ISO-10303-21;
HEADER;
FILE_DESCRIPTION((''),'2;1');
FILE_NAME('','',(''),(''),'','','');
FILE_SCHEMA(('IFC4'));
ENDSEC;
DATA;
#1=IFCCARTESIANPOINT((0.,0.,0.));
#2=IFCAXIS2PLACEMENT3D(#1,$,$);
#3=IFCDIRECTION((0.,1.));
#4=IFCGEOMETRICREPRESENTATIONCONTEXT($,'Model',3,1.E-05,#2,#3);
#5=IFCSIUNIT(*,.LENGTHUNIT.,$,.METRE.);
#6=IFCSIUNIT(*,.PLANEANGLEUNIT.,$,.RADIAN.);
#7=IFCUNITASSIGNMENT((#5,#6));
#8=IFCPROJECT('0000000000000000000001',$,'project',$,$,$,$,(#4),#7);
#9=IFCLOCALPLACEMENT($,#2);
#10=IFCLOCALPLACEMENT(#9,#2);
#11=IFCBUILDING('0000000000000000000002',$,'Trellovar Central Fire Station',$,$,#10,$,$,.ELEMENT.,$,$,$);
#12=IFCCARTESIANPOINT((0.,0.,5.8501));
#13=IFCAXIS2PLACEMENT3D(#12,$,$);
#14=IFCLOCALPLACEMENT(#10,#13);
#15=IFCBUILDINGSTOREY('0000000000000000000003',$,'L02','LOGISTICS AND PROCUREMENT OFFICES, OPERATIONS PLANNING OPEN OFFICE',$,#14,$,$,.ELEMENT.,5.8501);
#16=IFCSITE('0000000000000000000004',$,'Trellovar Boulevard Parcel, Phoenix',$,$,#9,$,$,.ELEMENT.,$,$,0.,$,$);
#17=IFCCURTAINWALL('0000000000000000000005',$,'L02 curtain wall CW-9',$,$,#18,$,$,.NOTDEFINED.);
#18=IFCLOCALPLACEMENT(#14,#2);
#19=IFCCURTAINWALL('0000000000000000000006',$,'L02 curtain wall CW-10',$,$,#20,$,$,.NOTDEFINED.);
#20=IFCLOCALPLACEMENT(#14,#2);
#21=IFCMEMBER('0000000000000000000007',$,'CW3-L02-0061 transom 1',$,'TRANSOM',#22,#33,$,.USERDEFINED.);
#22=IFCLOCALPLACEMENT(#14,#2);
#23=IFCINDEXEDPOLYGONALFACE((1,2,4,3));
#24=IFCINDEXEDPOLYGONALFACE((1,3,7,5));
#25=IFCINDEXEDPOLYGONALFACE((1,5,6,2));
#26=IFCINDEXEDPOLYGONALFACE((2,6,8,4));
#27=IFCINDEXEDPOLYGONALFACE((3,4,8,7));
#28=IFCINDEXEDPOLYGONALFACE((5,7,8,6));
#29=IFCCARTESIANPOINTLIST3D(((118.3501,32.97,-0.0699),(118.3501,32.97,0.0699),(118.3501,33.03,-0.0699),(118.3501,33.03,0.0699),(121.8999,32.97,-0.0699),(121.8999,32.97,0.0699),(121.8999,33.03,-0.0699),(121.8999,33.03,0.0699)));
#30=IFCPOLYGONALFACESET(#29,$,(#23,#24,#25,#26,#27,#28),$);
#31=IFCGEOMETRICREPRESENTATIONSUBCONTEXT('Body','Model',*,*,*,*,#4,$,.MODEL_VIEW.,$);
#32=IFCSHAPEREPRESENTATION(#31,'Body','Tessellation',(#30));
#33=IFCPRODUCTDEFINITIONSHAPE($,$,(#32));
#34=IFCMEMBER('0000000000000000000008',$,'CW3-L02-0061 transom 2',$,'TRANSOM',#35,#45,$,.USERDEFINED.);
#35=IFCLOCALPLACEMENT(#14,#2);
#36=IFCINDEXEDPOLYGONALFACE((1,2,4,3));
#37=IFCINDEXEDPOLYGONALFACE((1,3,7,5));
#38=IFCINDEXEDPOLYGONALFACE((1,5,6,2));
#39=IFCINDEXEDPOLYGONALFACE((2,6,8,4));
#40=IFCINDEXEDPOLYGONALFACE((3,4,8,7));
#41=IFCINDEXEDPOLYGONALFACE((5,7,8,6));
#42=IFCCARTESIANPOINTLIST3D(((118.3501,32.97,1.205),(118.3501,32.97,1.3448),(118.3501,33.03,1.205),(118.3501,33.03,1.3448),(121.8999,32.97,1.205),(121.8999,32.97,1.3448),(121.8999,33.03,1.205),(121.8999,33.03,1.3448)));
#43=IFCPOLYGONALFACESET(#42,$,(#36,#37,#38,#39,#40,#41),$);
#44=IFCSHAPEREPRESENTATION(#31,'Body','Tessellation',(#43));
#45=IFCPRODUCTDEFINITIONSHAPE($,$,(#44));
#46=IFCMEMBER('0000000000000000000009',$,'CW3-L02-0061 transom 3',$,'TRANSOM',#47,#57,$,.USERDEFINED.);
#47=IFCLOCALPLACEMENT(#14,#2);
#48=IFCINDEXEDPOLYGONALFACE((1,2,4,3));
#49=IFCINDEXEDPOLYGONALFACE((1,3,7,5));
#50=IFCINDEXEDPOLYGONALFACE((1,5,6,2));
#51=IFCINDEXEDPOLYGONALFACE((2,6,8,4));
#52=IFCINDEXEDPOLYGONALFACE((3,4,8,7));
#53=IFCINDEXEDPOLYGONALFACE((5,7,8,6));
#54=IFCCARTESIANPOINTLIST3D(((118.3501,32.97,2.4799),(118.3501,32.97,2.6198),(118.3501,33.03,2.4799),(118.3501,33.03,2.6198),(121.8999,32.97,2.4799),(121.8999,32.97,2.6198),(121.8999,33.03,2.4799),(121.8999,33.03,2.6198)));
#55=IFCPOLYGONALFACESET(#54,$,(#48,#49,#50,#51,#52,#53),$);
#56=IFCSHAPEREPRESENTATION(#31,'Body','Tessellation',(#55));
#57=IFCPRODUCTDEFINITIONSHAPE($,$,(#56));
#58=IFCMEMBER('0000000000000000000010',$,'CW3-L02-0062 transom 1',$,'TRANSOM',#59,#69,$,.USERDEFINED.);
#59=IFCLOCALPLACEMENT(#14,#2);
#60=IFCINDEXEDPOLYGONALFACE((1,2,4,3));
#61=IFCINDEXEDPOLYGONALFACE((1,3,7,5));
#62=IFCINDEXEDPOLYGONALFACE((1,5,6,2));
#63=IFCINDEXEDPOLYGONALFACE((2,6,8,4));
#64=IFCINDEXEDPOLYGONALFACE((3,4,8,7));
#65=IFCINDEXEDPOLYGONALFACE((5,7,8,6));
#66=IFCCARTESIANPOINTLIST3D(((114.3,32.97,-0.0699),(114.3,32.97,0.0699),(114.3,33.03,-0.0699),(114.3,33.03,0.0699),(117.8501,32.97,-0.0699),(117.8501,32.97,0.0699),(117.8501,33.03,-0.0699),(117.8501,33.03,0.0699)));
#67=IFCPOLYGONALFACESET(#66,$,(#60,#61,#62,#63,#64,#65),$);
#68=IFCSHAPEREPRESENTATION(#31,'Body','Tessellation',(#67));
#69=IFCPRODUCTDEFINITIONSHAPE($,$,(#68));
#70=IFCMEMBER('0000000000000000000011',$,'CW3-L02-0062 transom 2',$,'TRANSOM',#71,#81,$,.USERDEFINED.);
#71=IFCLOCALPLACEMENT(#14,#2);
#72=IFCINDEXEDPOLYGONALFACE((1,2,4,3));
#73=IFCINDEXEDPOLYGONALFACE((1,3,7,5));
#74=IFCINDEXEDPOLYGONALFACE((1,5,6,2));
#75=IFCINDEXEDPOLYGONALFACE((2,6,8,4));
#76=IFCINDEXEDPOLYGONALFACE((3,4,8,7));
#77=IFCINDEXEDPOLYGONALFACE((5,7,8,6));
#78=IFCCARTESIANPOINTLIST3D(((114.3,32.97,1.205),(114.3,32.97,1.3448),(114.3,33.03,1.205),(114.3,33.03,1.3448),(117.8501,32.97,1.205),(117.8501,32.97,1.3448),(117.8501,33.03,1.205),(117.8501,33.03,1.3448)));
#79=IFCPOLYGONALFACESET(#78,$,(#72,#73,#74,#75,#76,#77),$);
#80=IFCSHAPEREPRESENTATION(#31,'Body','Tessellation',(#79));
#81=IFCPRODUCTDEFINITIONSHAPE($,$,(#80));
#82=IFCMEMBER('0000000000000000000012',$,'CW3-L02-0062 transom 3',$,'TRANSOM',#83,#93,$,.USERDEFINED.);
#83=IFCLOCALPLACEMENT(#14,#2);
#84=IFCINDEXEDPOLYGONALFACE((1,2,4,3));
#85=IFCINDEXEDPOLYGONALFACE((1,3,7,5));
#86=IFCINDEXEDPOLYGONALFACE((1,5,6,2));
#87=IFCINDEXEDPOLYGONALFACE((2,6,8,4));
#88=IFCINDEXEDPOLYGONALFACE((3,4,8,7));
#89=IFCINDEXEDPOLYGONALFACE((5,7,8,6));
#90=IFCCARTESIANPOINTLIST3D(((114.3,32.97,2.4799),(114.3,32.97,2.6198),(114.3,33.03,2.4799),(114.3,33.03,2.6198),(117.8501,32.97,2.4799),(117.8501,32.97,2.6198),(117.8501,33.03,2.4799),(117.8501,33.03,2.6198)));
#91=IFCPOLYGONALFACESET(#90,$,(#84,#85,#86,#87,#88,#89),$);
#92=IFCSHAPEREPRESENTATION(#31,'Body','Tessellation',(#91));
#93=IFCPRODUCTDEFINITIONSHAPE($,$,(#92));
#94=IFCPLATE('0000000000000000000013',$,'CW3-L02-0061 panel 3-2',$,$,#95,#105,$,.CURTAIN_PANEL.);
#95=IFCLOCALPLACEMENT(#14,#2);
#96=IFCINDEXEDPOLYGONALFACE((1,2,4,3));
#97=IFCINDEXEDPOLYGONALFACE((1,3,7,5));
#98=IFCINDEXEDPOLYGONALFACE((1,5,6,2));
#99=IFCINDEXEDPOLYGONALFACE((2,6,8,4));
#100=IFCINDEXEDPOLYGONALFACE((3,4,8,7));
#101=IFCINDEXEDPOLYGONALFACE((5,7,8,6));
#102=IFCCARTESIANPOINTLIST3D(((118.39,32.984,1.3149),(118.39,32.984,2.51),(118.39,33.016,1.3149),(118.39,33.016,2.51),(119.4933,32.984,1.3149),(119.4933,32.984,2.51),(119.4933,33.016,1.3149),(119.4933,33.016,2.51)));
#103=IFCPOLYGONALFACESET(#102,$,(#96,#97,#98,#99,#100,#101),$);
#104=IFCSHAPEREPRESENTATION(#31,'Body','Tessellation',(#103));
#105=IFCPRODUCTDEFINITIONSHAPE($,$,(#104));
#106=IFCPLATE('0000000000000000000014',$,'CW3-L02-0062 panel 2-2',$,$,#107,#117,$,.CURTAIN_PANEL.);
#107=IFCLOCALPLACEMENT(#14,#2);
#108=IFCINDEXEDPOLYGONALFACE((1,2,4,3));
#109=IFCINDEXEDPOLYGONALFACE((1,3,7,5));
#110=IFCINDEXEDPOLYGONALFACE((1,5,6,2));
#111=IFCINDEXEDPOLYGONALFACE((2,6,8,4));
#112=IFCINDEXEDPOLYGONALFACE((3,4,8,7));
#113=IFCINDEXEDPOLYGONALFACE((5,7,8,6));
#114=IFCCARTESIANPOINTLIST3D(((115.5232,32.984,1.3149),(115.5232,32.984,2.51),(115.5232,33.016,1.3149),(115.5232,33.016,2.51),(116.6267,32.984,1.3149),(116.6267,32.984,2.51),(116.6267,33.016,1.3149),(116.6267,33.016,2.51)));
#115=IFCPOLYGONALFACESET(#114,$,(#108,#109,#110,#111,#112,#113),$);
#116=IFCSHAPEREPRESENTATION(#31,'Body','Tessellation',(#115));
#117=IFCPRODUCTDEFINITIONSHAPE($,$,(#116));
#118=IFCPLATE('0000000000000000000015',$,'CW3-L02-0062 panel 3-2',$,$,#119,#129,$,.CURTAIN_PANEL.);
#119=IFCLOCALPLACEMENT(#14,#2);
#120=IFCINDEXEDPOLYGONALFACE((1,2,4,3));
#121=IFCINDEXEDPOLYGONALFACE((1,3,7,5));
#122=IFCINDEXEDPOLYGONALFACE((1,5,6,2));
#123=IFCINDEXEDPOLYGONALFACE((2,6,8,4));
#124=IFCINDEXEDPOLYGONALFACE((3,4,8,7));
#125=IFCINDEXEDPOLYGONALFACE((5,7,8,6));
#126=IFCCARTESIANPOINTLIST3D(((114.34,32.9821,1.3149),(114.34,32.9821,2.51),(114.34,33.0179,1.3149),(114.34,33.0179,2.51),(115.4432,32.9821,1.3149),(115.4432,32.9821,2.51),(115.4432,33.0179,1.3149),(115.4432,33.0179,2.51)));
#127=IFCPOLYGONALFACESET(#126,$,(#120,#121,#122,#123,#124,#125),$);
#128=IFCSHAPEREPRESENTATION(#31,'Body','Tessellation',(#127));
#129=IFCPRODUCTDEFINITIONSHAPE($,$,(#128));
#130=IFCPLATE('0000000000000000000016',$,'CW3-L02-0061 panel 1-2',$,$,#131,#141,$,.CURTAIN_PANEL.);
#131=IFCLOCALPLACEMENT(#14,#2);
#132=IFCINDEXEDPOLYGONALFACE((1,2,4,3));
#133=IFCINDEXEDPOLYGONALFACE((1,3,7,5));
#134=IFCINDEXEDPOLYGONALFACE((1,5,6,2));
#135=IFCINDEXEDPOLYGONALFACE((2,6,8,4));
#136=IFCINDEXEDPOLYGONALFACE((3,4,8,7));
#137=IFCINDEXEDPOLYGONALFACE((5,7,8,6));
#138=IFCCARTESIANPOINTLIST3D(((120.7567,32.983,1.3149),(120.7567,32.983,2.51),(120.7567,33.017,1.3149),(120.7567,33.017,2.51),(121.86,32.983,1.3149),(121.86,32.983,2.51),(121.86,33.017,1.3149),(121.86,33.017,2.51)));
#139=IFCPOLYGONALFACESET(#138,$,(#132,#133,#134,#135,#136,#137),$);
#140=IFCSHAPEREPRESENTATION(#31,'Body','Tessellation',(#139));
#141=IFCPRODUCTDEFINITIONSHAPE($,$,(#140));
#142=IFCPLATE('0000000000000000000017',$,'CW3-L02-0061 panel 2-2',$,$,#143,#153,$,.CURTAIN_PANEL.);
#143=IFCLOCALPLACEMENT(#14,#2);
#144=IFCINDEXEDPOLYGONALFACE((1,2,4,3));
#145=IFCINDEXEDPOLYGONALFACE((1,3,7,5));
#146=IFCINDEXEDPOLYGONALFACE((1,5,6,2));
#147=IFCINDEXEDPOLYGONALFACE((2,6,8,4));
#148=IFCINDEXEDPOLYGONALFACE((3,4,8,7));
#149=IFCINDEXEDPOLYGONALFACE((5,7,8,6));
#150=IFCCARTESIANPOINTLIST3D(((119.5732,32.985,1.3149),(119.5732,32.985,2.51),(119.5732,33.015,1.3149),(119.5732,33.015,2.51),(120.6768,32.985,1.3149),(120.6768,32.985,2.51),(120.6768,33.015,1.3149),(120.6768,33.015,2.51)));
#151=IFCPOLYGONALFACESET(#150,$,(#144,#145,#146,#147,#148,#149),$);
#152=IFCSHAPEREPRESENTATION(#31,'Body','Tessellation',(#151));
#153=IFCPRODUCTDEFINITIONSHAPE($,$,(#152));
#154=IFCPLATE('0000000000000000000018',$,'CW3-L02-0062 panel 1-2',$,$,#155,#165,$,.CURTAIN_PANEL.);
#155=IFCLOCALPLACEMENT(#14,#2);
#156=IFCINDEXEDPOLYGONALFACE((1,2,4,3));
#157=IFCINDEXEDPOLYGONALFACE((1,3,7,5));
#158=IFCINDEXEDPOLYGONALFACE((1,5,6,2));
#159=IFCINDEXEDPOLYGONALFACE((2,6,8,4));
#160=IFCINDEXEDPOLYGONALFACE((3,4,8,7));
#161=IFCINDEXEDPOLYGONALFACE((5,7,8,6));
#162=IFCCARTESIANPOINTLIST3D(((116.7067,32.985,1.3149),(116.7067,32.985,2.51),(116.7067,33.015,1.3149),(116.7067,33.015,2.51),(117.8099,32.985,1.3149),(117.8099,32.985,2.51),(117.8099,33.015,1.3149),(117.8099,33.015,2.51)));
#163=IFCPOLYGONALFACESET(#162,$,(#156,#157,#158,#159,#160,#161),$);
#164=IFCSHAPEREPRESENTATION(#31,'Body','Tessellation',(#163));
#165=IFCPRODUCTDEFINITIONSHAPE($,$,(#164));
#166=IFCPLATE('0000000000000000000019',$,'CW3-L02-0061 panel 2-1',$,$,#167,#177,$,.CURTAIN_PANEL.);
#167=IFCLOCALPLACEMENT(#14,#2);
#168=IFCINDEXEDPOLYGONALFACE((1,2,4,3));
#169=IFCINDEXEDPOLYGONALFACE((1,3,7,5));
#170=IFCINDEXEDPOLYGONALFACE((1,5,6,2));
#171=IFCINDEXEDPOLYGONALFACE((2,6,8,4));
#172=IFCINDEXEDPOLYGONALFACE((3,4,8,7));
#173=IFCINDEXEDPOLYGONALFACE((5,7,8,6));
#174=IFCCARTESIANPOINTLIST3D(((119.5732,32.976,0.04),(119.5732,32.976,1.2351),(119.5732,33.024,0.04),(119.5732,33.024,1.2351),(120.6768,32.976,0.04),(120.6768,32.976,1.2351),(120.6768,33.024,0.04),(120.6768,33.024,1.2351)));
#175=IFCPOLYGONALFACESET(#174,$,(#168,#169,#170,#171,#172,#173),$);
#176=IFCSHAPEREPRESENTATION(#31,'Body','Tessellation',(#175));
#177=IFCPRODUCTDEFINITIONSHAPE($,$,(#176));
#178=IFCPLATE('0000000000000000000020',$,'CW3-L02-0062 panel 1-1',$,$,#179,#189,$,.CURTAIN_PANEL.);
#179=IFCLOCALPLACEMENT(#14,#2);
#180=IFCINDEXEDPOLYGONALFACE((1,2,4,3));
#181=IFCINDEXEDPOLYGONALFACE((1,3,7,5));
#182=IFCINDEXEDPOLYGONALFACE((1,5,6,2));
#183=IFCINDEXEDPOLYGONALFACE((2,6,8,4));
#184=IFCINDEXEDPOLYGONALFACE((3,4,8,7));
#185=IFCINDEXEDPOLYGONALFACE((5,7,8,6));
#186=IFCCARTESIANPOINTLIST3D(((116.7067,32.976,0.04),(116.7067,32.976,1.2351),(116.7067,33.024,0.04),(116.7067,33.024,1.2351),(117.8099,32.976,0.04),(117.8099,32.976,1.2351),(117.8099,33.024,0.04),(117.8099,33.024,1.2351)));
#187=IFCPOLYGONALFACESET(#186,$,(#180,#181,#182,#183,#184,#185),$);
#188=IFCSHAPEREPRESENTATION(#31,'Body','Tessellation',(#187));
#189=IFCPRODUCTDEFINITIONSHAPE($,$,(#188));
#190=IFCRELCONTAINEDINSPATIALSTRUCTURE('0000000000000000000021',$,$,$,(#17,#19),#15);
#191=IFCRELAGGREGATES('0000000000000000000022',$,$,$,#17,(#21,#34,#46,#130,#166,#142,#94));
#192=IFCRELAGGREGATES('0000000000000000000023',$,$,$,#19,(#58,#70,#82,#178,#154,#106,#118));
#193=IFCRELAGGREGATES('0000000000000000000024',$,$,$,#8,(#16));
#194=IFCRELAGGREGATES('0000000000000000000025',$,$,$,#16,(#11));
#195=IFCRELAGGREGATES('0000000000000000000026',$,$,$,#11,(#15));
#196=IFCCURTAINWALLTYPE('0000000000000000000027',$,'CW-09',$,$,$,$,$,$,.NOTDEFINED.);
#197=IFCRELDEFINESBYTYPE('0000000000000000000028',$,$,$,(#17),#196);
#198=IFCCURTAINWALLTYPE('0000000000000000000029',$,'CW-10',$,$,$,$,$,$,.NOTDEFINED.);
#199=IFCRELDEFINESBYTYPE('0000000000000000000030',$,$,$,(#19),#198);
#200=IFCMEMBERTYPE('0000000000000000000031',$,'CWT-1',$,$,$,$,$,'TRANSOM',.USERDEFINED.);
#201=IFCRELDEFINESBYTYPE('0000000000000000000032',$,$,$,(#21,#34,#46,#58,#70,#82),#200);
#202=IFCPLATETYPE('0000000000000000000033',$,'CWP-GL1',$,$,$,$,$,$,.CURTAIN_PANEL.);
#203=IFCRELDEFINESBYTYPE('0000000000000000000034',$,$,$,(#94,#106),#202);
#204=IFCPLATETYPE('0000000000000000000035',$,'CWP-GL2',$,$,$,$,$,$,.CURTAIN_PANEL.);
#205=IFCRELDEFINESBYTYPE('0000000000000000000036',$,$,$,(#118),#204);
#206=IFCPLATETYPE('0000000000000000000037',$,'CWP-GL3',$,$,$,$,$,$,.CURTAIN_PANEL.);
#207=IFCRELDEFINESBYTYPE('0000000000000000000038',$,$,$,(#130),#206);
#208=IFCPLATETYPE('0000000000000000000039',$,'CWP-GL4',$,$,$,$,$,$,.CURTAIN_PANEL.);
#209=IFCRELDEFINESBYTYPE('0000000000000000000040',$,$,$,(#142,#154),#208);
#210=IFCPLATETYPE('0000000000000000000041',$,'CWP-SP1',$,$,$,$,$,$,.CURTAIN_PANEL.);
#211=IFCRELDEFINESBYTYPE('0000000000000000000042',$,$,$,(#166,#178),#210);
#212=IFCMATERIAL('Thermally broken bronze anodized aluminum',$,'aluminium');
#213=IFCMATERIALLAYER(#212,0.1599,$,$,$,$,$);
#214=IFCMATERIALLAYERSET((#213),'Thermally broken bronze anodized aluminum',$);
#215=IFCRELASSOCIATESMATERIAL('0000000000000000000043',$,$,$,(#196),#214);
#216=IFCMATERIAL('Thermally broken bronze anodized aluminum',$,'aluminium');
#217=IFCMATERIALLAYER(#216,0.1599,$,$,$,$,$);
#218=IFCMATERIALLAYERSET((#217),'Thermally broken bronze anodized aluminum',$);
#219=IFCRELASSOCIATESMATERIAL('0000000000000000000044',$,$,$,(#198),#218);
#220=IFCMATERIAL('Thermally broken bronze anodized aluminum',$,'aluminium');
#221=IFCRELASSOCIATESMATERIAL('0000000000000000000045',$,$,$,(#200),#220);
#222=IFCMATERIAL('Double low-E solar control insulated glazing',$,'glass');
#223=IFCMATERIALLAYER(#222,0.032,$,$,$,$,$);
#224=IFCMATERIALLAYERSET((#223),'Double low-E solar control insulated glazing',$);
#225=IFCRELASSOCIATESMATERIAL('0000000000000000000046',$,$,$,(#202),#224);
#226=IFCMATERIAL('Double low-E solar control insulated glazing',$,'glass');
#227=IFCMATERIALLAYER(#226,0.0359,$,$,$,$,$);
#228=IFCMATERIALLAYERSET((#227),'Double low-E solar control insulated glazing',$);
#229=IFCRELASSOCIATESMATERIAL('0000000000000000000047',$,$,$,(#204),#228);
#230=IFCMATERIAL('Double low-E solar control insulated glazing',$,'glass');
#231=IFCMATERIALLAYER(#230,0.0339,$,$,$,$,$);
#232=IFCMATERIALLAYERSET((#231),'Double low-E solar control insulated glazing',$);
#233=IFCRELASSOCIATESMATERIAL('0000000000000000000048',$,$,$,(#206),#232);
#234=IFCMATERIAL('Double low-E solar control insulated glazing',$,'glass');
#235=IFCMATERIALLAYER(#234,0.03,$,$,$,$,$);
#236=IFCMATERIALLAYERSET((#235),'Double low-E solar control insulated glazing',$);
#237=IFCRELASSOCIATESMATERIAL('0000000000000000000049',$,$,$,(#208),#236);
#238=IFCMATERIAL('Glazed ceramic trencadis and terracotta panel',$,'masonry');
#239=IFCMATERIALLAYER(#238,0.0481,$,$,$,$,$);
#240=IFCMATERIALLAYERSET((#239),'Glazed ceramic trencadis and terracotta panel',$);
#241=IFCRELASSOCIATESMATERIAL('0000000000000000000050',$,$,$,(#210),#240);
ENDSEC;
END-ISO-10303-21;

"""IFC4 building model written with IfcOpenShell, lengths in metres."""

from ifc_helpers import new_model, si_unit, direction, frame, origin, origin_2d, place, context, subcontext, project, spatial, rectangle, extrude, material, layer, layer_set, material_profile, profile_set, type_object, element, aggregate, save


model = new_model("IFC4")

# Units and contexts
model_context = context("Model", 3, precision=1e-05, world=origin(), true_north=direction((0.0, 1.0)))
body_context = subcontext(model_context, "Body", "Model", "MODEL_VIEW")
ifc_project = project(units=[si_unit("LENGTHUNIT", "METRE"), si_unit("PLANEANGLEUNIT", "RADIAN")], contexts=[model_context])

# Site, building, storey
site_placement = place(None, origin())
site = spatial("IfcSite", under=ifc_project, at=site_placement, Name="Trellovar Boulevard Parcel, Phoenix", CompositionType="ELEMENT", RefElevation=0.0)
building_placement = place(site_placement, origin())
building = spatial("IfcBuilding", under=site, at=building_placement, Name="Trellovar Central Fire Station", CompositionType="ELEMENT")
storey_placement = place(building_placement, frame((0.0, 0.0, 5.8501)))
storey = spatial("IfcBuildingStorey", under=building, at=storey_placement, Name="L02", Description="LOGISTICS AND PROCUREMENT OFFICES, OPERATIONS PLANNING OPEN OFFICE", CompositionType="ELEMENT", Elevation=5.8501)

# Curtain walls
ifc_material_1 = material(Name="Thermally broken bronze anodized aluminum", Category="aluminium")
ifc_layer_1 = layer(ifc_material_1, 0.1599)
ifc_layer_set_1 = layer_set([ifc_layer_1], Name="Thermally broken bronze anodized aluminum")
curtain_wall_type_1 = type_object("IfcCurtainWallType", Name="CW-09", PredefinedType="NOTDEFINED", material=ifc_layer_set_1)
curtain_wall_1_placement = place(storey_placement, origin())
curtain_wall_1 = element("IfcCurtainWall", 1, at=curtain_wall_1_placement, inside=storey, type_object=curtain_wall_type_1, Name="L02 curtain wall CW-9", PredefinedType="NOTDEFINED")
ifc_material_2 = material(Name="Thermally broken bronze anodized aluminum", Category="aluminium")
ifc_layer_2 = layer(ifc_material_2, 0.1599)
ifc_layer_set_2 = layer_set([ifc_layer_2], Name="Thermally broken bronze anodized aluminum")
curtain_wall_type_2 = type_object("IfcCurtainWallType", Name="CW-10", PredefinedType="NOTDEFINED", material=ifc_layer_set_2)
curtain_wall_2_placement = place(storey_placement, origin())
curtain_wall_2 = element("IfcCurtainWall", 2, at=curtain_wall_2_placement, inside=storey, type_object=curtain_wall_type_2, Name="L02 curtain wall CW-10", PredefinedType="NOTDEFINED")

# Shared definitions
ifc_material_3 = material(Name="Thermally broken bronze anodized aluminum", Category="aluminium")
ifc_material_profile_1 = material_profile(ifc_material_3, rectangle(XDim=0.0601, YDim=0.1399, at=origin_2d()), Name="ALU60X140")
ifc_profile_set_1 = profile_set([ifc_material_profile_1], Name="Thermally broken bronze anodized aluminum")
member_type_1 = type_object("IfcMemberType", Name="CWT-1", ElementType="TRANSOM", PredefinedType="USERDEFINED", material=ifc_profile_set_1)

# Members
member_1_placement = place(storey_placement, frame((121.8999, 33.0, 0.0), z_axis=(-1.0, 0.0, 0.0), x_axis=(0.0, -1.0, 0.0)))
member_1 = element("IfcMember", 3, at=member_1_placement, type_object=member_type_1, Name="CW3-L02-0061 transom 1", ObjectType="TRANSOM", PredefinedType="USERDEFINED", context=body_context, shape_type="SweptSolid", body=[
    extrude(rectangle(XDim=0.0601, YDim=0.1399, at=origin_2d()), origin(), (0.0, 0.0, 1.0), 3.5498),
])
member_2_placement = place(storey_placement, frame((121.8999, 33.0, 1.2749), z_axis=(-1.0, 0.0, 0.0), x_axis=(0.0, -1.0, 0.0)))
member_2 = element("IfcMember", 4, at=member_2_placement, type_object=member_type_1, Name="CW3-L02-0061 transom 2", ObjectType="TRANSOM", PredefinedType="USERDEFINED", context=body_context, shape_type="SweptSolid", body=[
    extrude(rectangle(XDim=0.0601, YDim=0.1399, at=origin_2d()), origin(), (0.0, 0.0, 1.0), 3.5498),
])
member_3_placement = place(storey_placement, frame((121.8999, 33.0, 2.5498), z_axis=(-1.0, 0.0, 0.0), x_axis=(0.0, -1.0, 0.0)))
member_3 = element("IfcMember", 5, at=member_3_placement, type_object=member_type_1, Name="CW3-L02-0061 transom 3", ObjectType="TRANSOM", PredefinedType="USERDEFINED", context=body_context, shape_type="SweptSolid", body=[
    extrude(rectangle(XDim=0.0601, YDim=0.1399, at=origin_2d()), origin(), (0.0, 0.0, 1.0), 3.5498),
])
member_4_placement = place(storey_placement, frame((117.8501, 33.0, 0.0), z_axis=(-1.0, 0.0, 0.0), x_axis=(0.0, -1.0, 0.0)))
member_4 = element("IfcMember", 6, at=member_4_placement, type_object=member_type_1, Name="CW3-L02-0062 transom 1", ObjectType="TRANSOM", PredefinedType="USERDEFINED", context=body_context, shape_type="SweptSolid", body=[
    extrude(rectangle(XDim=0.0601, YDim=0.1399, at=origin_2d()), origin(), (0.0, 0.0, 1.0), 3.55),
])
member_5_placement = place(storey_placement, frame((117.8501, 33.0, 1.2749), z_axis=(-1.0, 0.0, 0.0), x_axis=(0.0, -1.0, 0.0)))
member_5 = element("IfcMember", 7, at=member_5_placement, type_object=member_type_1, Name="CW3-L02-0062 transom 2", ObjectType="TRANSOM", PredefinedType="USERDEFINED", context=body_context, shape_type="SweptSolid", body=[
    extrude(rectangle(XDim=0.0601, YDim=0.1399, at=origin_2d()), origin(), (0.0, 0.0, 1.0), 3.55),
])
member_6_placement = place(storey_placement, frame((117.8501, 33.0, 2.5498), z_axis=(-1.0, 0.0, 0.0), x_axis=(0.0, -1.0, 0.0)))
member_6 = element("IfcMember", 8, at=member_6_placement, type_object=member_type_1, Name="CW3-L02-0062 transom 3", ObjectType="TRANSOM", PredefinedType="USERDEFINED", context=body_context, shape_type="SweptSolid", body=[
    extrude(rectangle(XDim=0.0601, YDim=0.1399, at=origin_2d()), origin(), (0.0, 0.0, 1.0), 3.55),
])

# Plates
ifc_material_4 = material(Name="Double low-E solar control insulated glazing", Category="glass")
ifc_layer_3 = layer(ifc_material_4, 0.032)
ifc_layer_set_3 = layer_set([ifc_layer_3], Name="Double low-E solar control insulated glazing")
plate_type_1 = type_object("IfcPlateType", Name="CWP-GL1", PredefinedType="CURTAIN_PANEL", material=ifc_layer_set_3)
plate_1_placement = place(storey_placement, frame((118.9417, 33.0, 1.3149), z_axis=(0.0, 0.0, 1.0), x_axis=(-1.0, 0.0, 0.0)))
plate_1 = element("IfcPlate", 9, at=plate_1_placement, type_object=plate_type_1, Name="CW3-L02-0061 panel 3-2", PredefinedType="CURTAIN_PANEL", context=body_context, shape_type="SweptSolid", body=[
    extrude(rectangle(XDim=1.1033, YDim=0.032, at=origin_2d()), origin(), (0.0, 0.0, 1.0), 1.1951),
])
plate_2_placement = place(storey_placement, frame((116.075, 33.0, 1.3149), z_axis=(0.0, 0.0, 1.0), x_axis=(-1.0, 0.0, 0.0)))
plate_2 = element("IfcPlate", 10, at=plate_2_placement, type_object=plate_type_1, Name="CW3-L02-0062 panel 2-2", PredefinedType="CURTAIN_PANEL", context=body_context, shape_type="SweptSolid", body=[
    extrude(rectangle(XDim=1.1035, YDim=0.032, at=origin_2d()), origin(), (0.0, 0.0, 1.0), 1.1951),
])
ifc_material_5 = material(Name="Double low-E solar control insulated glazing", Category="glass")
ifc_layer_4 = layer(ifc_material_5, 0.0359)
ifc_layer_set_4 = layer_set([ifc_layer_4], Name="Double low-E solar control insulated glazing")
plate_type_2 = type_object("IfcPlateType", Name="CWP-GL2", PredefinedType="CURTAIN_PANEL", material=ifc_layer_set_4)
plate_3_placement = place(storey_placement, frame((114.8916, 33.0, 1.3149), z_axis=(0.0, 0.0, 1.0), x_axis=(-1.0, 0.0, 0.0)))
plate_3 = element("IfcPlate", 11, at=plate_3_placement, type_object=plate_type_2, Name="CW3-L02-0062 panel 3-2", PredefinedType="CURTAIN_PANEL", context=body_context, shape_type="SweptSolid", body=[
    extrude(rectangle(XDim=1.1033, YDim=0.0359, at=origin_2d()), origin(), (0.0, 0.0, 1.0), 1.1951),
])
ifc_material_6 = material(Name="Double low-E solar control insulated glazing", Category="glass")
ifc_layer_5 = layer(ifc_material_6, 0.0339)
ifc_layer_set_5 = layer_set([ifc_layer_5], Name="Double low-E solar control insulated glazing")
plate_type_3 = type_object("IfcPlateType", Name="CWP-GL3", PredefinedType="CURTAIN_PANEL", material=ifc_layer_set_5)
plate_4_placement = place(storey_placement, frame((121.3083, 33.0, 1.3149), z_axis=(0.0, 0.0, 1.0), x_axis=(-1.0, 0.0, 0.0)))
plate_4 = element("IfcPlate", 12, at=plate_4_placement, type_object=plate_type_3, Name="CW3-L02-0061 panel 1-2", PredefinedType="CURTAIN_PANEL", context=body_context, shape_type="SweptSolid", body=[
    extrude(rectangle(XDim=1.1033, YDim=0.0339, at=origin_2d()), origin(), (0.0, 0.0, 1.0), 1.1951),
])
ifc_material_7 = material(Name="Double low-E solar control insulated glazing", Category="glass")
ifc_layer_6 = layer(ifc_material_7, 0.03)
ifc_layer_set_6 = layer_set([ifc_layer_6], Name="Double low-E solar control insulated glazing")
plate_type_4 = type_object("IfcPlateType", Name="CWP-GL4", PredefinedType="CURTAIN_PANEL", material=ifc_layer_set_6)
plate_5_placement = place(storey_placement, frame((120.125, 33.0, 1.3149), z_axis=(0.0, 0.0, 1.0), x_axis=(-1.0, 0.0, 0.0)))
plate_5 = element("IfcPlate", 13, at=plate_5_placement, type_object=plate_type_4, Name="CW3-L02-0061 panel 2-2", PredefinedType="CURTAIN_PANEL", context=body_context, shape_type="SweptSolid", body=[
    extrude(rectangle(XDim=1.1035, YDim=0.03, at=origin_2d()), origin(), (0.0, 0.0, 1.0), 1.1951),
])
plate_6_placement = place(storey_placement, frame((117.2583, 33.0, 1.3149), z_axis=(0.0, 0.0, 1.0), x_axis=(-1.0, 0.0, 0.0)))
plate_6 = element("IfcPlate", 14, at=plate_6_placement, type_object=plate_type_4, Name="CW3-L02-0062 panel 1-2", PredefinedType="CURTAIN_PANEL", context=body_context, shape_type="SweptSolid", body=[
    extrude(rectangle(XDim=1.1033, YDim=0.03, at=origin_2d()), origin(), (0.0, 0.0, 1.0), 1.1951),
])
ifc_material_8 = material(Name="Glazed ceramic trencadis and terracotta panel", Category="masonry")
ifc_layer_7 = layer(ifc_material_8, 0.0481)
ifc_layer_set_7 = layer_set([ifc_layer_7], Name="Glazed ceramic trencadis and terracotta panel")
plate_type_5 = type_object("IfcPlateType", Name="CWP-SP1", PredefinedType="CURTAIN_PANEL", material=ifc_layer_set_7)
plate_7_placement = place(storey_placement, frame((120.125, 33.0, 0.04), z_axis=(0.0, 0.0, 1.0), x_axis=(-1.0, 0.0, 0.0)))
plate_7 = element("IfcPlate", 15, at=plate_7_placement, type_object=plate_type_5, Name="CW3-L02-0061 panel 2-1", PredefinedType="CURTAIN_PANEL", context=body_context, shape_type="SweptSolid", body=[
    extrude(rectangle(XDim=1.1035, YDim=0.0481, at=origin_2d()), origin(), (0.0, 0.0, 1.0), 1.1951),
])
plate_8_placement = place(storey_placement, frame((117.2583, 33.0, 0.04), z_axis=(0.0, 0.0, 1.0), x_axis=(-1.0, 0.0, 0.0)))
plate_8 = element("IfcPlate", 16, at=plate_8_placement, type_object=plate_type_5, Name="CW3-L02-0062 panel 1-1", PredefinedType="CURTAIN_PANEL", context=body_context, shape_type="SweptSolid", body=[
    extrude(rectangle(XDim=1.1033, YDim=0.0481, at=origin_2d()), origin(), (0.0, 0.0, 1.0), 1.1951),
])
aggregate(curtain_wall_1, [member_1, member_2, member_3, plate_4, plate_7, plate_5, plate_1])
aggregate(curtain_wall_2, [member_4, member_5, member_6, plate_8, plate_6, plate_2, plate_3])

save(model, "model.ifc")
